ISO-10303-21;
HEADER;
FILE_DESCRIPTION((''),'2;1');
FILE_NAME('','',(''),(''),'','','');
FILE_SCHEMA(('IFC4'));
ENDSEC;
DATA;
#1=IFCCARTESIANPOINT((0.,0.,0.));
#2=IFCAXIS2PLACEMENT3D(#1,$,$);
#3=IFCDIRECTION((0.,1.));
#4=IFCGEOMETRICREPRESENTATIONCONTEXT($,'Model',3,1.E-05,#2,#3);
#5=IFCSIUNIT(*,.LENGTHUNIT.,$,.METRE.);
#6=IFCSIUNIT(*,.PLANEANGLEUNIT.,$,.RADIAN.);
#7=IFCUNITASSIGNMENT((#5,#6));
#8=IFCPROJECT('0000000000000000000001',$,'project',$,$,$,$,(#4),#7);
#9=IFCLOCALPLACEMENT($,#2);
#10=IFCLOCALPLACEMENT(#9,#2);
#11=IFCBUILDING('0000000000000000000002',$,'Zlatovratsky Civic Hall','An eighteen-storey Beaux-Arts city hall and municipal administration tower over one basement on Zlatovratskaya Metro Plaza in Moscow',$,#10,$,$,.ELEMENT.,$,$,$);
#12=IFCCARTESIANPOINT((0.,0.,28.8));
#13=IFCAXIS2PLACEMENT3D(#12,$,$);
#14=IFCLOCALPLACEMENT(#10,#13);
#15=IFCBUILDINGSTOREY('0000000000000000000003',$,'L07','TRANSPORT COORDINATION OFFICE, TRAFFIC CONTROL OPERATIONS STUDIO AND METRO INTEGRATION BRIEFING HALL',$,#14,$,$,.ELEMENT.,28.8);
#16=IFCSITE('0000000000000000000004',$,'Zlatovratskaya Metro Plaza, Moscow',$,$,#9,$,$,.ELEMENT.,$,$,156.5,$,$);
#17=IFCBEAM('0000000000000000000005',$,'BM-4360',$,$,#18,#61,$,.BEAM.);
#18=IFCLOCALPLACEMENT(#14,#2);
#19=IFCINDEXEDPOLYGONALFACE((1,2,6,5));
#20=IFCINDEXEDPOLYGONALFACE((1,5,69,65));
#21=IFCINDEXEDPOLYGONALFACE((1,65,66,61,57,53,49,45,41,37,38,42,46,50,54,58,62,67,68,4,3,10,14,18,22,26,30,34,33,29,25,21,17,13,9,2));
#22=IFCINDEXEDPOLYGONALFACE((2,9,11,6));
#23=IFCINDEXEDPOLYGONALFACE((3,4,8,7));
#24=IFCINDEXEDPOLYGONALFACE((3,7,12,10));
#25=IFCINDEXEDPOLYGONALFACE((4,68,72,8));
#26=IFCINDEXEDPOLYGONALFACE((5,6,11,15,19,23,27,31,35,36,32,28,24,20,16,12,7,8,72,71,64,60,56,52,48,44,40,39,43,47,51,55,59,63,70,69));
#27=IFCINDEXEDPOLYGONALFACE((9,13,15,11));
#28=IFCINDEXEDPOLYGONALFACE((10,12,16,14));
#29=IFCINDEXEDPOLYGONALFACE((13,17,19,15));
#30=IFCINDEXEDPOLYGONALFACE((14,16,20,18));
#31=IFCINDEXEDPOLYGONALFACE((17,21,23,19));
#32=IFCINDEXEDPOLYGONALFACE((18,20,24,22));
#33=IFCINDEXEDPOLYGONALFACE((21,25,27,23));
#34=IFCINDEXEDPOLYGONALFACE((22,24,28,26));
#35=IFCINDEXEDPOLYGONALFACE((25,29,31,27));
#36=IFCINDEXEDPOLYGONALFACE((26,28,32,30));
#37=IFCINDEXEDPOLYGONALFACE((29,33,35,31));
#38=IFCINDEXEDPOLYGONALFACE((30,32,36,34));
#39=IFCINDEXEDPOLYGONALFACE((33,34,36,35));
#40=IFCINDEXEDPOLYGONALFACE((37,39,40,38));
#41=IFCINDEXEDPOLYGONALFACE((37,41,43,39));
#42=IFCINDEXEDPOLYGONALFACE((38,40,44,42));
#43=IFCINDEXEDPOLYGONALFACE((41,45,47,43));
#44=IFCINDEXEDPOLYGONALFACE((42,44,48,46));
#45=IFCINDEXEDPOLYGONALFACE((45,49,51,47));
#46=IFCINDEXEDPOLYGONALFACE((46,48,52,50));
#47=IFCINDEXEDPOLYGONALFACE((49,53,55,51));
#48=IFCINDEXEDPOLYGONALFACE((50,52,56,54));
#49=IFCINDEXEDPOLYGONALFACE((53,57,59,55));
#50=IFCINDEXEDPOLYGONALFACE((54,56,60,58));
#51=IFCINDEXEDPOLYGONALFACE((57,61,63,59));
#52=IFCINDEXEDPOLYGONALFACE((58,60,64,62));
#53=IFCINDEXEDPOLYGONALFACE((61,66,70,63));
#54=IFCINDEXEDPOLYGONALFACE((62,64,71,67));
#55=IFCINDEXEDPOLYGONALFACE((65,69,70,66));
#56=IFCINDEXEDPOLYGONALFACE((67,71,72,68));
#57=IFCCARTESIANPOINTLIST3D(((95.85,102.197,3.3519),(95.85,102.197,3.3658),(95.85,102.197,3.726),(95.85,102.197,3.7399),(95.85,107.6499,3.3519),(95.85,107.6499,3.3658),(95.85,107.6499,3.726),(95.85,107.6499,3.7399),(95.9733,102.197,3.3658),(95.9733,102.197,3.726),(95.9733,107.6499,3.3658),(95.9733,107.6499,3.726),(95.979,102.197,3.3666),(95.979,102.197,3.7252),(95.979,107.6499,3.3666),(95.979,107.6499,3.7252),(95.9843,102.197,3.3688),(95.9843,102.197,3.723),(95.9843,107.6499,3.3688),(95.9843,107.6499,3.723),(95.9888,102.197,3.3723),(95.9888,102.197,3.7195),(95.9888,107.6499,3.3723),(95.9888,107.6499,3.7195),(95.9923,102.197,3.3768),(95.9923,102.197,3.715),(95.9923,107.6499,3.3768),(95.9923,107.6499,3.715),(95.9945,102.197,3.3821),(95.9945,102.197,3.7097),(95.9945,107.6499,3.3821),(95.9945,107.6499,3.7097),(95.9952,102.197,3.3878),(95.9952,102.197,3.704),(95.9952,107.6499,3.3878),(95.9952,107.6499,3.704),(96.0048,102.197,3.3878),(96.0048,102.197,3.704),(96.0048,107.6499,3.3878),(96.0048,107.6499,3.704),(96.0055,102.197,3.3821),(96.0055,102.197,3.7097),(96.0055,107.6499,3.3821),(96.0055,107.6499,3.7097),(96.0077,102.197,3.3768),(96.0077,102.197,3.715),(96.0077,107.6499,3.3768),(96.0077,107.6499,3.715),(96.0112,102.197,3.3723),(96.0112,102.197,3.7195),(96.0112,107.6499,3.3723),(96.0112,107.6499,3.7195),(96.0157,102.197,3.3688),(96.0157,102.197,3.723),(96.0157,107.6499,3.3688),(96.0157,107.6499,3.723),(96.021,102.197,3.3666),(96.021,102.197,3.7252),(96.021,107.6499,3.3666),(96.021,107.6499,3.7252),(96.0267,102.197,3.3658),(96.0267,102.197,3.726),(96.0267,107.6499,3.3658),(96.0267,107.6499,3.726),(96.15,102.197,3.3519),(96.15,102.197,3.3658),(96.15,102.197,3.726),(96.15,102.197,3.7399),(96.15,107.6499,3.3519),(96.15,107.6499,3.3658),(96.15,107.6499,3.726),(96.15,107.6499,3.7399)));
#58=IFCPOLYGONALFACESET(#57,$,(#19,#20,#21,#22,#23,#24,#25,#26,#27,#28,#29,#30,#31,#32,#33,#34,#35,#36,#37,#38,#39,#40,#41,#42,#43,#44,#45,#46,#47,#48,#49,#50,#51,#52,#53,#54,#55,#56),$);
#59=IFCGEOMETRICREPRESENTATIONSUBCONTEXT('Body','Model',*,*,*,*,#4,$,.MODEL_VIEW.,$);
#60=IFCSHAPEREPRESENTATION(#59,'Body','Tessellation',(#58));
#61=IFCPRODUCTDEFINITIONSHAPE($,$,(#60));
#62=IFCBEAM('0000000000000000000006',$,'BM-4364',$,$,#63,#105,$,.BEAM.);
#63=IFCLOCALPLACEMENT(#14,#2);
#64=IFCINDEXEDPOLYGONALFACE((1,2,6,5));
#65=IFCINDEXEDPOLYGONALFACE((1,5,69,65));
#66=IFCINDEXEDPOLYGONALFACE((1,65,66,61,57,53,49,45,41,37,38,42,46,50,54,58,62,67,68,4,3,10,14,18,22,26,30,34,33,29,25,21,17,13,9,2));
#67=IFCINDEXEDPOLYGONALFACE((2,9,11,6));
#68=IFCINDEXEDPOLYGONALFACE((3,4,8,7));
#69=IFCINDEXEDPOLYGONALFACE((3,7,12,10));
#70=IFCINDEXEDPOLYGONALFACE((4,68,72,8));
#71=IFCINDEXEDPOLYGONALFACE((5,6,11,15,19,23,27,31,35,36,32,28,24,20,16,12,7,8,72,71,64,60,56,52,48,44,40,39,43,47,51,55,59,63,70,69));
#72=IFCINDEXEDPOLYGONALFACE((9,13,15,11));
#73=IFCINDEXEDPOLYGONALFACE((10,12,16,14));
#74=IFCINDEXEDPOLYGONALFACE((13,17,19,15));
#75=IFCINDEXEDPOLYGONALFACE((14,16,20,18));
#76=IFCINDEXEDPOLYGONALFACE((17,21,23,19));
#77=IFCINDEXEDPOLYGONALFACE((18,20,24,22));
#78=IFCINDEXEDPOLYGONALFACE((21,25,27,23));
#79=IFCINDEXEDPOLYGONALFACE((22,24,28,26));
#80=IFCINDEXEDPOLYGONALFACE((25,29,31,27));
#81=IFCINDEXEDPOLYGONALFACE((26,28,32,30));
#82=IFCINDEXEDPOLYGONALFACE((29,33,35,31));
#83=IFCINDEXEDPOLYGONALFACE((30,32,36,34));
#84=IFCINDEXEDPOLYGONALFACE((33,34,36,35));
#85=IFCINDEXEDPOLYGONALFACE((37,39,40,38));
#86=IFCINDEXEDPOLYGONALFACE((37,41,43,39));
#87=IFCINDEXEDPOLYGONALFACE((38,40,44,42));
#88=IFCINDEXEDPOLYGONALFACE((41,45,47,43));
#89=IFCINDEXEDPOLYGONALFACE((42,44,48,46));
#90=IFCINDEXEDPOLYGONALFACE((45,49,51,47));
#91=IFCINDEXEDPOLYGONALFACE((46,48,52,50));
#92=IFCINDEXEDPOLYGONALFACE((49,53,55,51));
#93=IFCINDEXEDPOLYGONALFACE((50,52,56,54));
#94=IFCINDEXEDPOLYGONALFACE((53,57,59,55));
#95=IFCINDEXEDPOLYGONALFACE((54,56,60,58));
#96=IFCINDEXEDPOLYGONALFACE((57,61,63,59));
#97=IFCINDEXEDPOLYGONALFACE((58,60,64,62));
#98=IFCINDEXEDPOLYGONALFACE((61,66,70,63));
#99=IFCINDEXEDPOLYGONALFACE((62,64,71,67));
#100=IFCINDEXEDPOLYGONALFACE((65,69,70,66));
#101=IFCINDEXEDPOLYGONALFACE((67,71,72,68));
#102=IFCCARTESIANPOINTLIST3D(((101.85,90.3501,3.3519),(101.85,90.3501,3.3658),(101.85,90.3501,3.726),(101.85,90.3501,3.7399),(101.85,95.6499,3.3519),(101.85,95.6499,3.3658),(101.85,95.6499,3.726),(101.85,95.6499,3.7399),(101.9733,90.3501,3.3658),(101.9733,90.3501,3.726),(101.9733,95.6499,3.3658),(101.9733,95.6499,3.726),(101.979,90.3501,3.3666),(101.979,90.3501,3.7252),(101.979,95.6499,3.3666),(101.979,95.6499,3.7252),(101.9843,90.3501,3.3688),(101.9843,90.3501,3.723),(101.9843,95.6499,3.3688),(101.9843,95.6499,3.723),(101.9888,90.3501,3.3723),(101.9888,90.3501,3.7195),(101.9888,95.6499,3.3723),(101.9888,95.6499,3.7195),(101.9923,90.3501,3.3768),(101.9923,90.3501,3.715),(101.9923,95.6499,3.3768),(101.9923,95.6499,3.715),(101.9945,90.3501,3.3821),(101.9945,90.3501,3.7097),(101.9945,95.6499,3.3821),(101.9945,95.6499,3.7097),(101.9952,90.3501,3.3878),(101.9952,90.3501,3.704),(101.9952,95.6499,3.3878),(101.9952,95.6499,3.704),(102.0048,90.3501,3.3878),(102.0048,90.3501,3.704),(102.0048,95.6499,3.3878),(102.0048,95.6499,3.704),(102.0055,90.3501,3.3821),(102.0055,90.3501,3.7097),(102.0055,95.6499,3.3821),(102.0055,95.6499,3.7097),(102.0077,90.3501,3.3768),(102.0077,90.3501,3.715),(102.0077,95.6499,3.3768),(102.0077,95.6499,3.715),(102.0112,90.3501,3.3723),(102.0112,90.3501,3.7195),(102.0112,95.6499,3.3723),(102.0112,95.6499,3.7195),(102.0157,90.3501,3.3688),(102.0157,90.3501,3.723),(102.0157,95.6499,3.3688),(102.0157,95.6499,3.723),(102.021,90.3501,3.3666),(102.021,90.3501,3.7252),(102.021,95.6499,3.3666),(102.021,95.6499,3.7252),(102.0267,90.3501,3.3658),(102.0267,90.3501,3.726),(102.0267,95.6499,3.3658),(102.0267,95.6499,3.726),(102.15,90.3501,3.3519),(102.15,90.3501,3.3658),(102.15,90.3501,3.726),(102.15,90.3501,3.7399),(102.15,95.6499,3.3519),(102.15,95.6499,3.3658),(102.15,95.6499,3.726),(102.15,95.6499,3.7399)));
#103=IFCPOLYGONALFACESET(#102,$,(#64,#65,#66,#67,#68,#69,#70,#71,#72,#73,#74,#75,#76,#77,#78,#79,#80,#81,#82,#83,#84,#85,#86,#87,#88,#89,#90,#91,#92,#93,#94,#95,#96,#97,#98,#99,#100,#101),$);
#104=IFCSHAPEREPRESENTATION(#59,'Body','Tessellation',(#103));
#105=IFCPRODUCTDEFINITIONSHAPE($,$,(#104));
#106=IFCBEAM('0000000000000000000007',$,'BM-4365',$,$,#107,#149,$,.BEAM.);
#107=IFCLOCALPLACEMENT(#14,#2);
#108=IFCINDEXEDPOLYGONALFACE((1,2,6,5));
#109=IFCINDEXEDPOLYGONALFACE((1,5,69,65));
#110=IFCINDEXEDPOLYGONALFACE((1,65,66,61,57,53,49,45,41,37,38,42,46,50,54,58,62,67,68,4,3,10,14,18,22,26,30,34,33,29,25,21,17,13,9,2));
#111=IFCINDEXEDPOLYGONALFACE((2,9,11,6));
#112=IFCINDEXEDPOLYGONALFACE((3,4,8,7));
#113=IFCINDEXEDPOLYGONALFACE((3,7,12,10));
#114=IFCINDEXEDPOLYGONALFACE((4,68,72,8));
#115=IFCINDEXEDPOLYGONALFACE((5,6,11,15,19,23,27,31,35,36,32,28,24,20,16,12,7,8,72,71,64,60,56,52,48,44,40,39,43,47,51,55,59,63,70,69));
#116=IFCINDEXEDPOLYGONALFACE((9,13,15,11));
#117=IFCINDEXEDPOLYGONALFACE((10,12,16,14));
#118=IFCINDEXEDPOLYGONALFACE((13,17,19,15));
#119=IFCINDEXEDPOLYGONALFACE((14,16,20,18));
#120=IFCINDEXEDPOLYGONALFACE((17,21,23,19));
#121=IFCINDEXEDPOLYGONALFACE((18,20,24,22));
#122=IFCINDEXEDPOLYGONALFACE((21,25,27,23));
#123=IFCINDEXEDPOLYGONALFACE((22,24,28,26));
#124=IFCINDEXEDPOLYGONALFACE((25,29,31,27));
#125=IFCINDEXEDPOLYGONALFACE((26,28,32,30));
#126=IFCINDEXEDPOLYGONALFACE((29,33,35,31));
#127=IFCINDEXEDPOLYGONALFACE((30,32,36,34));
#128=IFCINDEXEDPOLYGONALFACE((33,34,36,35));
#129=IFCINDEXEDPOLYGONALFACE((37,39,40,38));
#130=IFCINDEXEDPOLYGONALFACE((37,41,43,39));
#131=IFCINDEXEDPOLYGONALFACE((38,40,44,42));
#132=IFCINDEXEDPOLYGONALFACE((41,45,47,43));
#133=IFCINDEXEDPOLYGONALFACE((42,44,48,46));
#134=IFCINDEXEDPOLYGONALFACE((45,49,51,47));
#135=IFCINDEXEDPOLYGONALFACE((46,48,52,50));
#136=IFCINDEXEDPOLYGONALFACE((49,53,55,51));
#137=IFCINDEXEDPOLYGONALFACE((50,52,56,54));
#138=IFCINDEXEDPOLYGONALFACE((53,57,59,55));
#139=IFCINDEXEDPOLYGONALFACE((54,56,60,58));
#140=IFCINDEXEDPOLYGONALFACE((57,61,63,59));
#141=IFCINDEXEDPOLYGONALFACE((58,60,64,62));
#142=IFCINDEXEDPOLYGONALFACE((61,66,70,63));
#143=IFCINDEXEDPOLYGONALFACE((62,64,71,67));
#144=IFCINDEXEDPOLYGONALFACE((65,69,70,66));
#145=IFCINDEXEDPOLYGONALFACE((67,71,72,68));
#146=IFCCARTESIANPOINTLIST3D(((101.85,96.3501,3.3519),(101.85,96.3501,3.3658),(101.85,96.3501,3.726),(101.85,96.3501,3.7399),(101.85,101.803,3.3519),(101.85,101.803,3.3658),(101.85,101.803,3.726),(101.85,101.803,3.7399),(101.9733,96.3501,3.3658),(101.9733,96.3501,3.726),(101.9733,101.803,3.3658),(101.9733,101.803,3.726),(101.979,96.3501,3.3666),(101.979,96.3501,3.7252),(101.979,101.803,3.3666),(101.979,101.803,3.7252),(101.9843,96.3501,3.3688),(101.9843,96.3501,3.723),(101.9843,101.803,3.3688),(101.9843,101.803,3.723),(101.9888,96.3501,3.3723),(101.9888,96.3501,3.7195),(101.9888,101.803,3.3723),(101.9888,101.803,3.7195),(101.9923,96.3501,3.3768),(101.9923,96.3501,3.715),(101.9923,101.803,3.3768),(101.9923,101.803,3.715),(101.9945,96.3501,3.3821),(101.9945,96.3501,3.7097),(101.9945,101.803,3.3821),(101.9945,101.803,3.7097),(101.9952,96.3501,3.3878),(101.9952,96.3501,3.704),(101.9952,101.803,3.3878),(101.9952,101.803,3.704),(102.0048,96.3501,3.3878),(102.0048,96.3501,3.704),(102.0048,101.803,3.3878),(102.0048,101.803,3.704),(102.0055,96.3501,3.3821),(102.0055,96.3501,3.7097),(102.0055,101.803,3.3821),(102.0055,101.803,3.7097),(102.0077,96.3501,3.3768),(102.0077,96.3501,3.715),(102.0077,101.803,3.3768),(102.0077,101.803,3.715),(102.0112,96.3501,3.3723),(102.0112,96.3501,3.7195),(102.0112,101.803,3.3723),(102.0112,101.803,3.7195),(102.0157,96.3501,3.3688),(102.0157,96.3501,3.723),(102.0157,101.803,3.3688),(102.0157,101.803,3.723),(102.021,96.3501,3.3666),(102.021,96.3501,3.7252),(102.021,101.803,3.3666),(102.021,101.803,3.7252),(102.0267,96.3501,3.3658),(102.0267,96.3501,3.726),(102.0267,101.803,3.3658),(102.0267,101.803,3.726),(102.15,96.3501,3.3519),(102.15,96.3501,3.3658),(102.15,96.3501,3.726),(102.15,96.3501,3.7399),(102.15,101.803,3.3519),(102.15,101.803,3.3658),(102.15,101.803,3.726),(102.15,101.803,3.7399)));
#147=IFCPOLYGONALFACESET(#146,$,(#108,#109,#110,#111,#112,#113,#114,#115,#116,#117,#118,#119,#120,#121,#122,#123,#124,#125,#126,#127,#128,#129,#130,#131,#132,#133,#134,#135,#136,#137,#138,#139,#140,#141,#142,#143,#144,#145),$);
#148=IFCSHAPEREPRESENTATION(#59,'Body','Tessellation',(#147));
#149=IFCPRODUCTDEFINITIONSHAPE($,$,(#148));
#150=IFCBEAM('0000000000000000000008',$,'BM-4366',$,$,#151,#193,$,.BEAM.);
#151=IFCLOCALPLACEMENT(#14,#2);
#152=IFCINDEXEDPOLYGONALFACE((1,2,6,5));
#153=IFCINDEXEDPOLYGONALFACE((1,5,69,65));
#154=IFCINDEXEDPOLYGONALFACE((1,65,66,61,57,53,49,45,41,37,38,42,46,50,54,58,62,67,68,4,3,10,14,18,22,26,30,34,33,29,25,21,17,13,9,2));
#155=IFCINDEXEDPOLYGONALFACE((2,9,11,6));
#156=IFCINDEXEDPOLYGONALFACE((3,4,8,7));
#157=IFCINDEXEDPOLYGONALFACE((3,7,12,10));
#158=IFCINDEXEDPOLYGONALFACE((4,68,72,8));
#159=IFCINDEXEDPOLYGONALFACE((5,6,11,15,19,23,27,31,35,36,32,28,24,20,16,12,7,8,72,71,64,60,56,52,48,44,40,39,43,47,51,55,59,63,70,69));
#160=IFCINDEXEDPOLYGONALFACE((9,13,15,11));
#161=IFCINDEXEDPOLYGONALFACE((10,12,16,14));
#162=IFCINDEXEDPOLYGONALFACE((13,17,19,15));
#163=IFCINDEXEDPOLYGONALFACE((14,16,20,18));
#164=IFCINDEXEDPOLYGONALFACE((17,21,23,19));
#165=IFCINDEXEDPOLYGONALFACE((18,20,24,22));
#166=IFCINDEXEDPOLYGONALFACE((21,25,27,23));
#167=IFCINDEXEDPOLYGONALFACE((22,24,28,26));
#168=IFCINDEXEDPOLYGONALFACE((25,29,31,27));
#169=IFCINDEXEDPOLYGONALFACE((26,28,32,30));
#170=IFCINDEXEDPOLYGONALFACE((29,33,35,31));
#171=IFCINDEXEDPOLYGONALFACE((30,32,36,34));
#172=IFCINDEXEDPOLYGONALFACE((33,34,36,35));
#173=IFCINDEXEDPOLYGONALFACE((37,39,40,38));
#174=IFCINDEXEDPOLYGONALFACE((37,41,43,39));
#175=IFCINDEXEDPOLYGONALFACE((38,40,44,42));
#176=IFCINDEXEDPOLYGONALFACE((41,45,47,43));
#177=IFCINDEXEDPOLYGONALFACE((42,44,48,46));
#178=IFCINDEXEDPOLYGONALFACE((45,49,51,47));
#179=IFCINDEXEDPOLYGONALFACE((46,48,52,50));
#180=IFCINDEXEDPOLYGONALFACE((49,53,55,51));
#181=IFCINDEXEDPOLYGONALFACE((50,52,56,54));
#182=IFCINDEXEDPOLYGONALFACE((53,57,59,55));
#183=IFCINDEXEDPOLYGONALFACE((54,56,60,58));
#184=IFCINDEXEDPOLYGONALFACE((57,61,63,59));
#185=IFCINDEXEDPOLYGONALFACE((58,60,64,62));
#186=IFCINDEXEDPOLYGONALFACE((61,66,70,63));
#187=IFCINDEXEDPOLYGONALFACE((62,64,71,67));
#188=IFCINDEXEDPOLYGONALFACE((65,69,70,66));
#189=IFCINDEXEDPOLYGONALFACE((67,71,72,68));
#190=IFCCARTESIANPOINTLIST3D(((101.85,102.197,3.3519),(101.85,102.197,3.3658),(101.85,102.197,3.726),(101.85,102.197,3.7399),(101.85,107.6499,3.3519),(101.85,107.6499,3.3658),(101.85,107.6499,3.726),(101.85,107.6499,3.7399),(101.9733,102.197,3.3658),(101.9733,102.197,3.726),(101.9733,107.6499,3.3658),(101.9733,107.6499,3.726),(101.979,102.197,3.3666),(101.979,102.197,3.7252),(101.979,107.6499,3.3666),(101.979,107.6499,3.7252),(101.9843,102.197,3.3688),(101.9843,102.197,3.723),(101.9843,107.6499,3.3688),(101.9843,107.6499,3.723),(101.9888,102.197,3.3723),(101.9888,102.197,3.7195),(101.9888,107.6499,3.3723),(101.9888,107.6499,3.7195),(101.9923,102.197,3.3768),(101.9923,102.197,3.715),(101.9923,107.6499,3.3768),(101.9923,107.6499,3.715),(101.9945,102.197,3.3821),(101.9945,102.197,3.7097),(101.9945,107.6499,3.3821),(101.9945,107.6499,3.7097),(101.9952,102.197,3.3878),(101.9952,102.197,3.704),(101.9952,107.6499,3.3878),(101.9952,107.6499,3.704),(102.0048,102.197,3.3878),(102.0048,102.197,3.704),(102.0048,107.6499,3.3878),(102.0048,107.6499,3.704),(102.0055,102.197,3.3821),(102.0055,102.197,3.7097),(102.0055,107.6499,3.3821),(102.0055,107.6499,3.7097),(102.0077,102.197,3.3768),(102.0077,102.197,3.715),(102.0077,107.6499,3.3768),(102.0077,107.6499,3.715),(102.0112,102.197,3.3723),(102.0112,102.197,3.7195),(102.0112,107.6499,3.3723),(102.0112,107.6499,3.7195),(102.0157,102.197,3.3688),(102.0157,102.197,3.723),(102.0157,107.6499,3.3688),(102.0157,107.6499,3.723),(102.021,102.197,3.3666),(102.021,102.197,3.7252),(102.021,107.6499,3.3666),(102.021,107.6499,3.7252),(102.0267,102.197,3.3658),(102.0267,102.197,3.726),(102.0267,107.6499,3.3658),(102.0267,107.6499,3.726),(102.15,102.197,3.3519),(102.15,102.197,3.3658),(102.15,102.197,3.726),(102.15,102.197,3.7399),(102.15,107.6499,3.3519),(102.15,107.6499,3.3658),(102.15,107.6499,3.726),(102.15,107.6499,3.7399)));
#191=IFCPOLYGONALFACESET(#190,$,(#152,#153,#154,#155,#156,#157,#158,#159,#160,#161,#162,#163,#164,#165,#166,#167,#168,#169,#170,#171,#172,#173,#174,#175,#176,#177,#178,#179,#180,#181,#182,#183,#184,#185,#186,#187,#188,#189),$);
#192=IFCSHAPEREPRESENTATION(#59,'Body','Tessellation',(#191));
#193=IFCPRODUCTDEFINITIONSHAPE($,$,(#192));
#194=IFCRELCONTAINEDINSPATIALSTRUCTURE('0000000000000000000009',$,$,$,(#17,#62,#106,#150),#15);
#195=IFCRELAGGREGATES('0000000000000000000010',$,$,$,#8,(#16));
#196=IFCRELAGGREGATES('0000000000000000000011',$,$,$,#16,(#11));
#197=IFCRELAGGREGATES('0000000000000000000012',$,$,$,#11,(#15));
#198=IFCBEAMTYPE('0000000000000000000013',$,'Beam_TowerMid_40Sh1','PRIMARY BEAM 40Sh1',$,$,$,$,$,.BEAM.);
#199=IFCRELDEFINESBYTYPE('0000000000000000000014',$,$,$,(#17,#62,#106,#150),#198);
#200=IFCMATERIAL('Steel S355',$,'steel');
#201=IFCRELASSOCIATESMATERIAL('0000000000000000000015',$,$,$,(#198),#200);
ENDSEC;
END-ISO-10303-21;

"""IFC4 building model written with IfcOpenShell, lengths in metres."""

from ifc_helpers import new_model, si_unit, direction, frame, origin, origin_2d, place, context, subcontext, project, spatial, i_section, extrude, material, material_profile, profile_set, type_object, element, save


model = new_model("IFC4")

# Units and contexts
model_context = context("Model", 3, precision=1e-05, world=origin(), true_north=direction((0.0, 1.0)))
body_context = subcontext(model_context, "Body", "Model", "MODEL_VIEW")
ifc_project = project(units=[si_unit("LENGTHUNIT", "METRE"), si_unit("PLANEANGLEUNIT", "RADIAN")], contexts=[model_context])

# Site, building, storey
site_placement = place(None, origin())
site = spatial("IfcSite", under=ifc_project, at=site_placement, Name="Zlatovratskaya Metro Plaza, Moscow", CompositionType="ELEMENT", RefElevation=156.5)
building_placement = place(site_placement, origin())
building = spatial("IfcBuilding", under=site, at=building_placement, Name="Zlatovratsky Civic Hall", Description="An eighteen-storey Beaux-Arts city hall and municipal administration tower over one basement on Zlatovratskaya Metro Plaza in Moscow", CompositionType="ELEMENT")
storey_placement = place(building_placement, frame((0.0, 0.0, 28.8)))
storey = spatial("IfcBuildingStorey", under=building, at=storey_placement, Name="L07", Description="TRANSPORT COORDINATION OFFICE, TRAFFIC CONTROL OPERATIONS STUDIO AND METRO INTEGRATION BRIEFING HALL", CompositionType="ELEMENT", Elevation=28.8)

# Shared definitions
ifc_material_1 = material(Name="Steel S355", Category="steel")

# Beams
ifc_material_profile_1 = material_profile(ifc_material_1, i_section(OverallWidth=0.3, OverallDepth=0.3879, WebThickness=0.0095, FlangeThickness=0.0139, FilletRadius=0.022, at=origin_2d()), Name="40Sh1")
ifc_profile_set_1 = profile_set([ifc_material_profile_1], Name="Steel S355")
beam_type_1 = type_object("IfcBeamType", Name="Beam_TowerMid_40Sh1", Description="PRIMARY BEAM 40Sh1", PredefinedType="BEAM", material=ifc_profile_set_1)
for number, where, z_axis, x_axis, name in (
    (1, (96.0, 102.197, 3.5459), (0.0, 1.0, 0.0), (-1.0, 0.0, 0.0), "BM-4360"),
):
    element("IfcBeam", number, at=place(storey_placement, frame(where, z_axis=z_axis, x_axis=x_axis)), inside=storey, type_object=beam_type_1, Name=name, PredefinedType="BEAM", context=body_context, shape_type="SweptSolid", body=[
        extrude(i_section(OverallWidth=0.3, OverallDepth=0.3879, WebThickness=0.0095, FlangeThickness=0.0139, FilletRadius=0.022, at=origin_2d()), origin(), (0.0, 0.0, 1.0), 5.4529),
    ])
beam_1_placement = place(storey_placement, frame((102.0, 90.3501, 3.5459), z_axis=(0.0, 1.0, 0.0), x_axis=(-1.0, 0.0, 0.0)))
element("IfcBeam", 2, at=beam_1_placement, inside=storey, type_object=beam_type_1, Name="BM-4364", PredefinedType="BEAM", context=body_context, shape_type="SweptSolid", body=[
    extrude(i_section(OverallWidth=0.3, OverallDepth=0.3879, WebThickness=0.0095, FlangeThickness=0.0139, FilletRadius=0.022, at=origin_2d()), origin(), (0.0, 0.0, 1.0), 5.2998),
])
for number, where, z_axis, x_axis, name in (
    (3, (102.0, 96.3501, 3.5459), (0.0, 1.0, 0.0), (-1.0, 0.0, 0.0), "BM-4365"),
    (4, (102.0, 102.197, 3.5459), (0.0, 1.0, 0.0), (-1.0, 0.0, 0.0), "BM-4366"),
):
    element("IfcBeam", number, at=place(storey_placement, frame(where, z_axis=z_axis, x_axis=x_axis)), inside=storey, type_object=beam_type_1, Name=name, PredefinedType="BEAM", context=body_context, shape_type="SweptSolid", body=[
        extrude(i_section(OverallWidth=0.3, OverallDepth=0.3879, WebThickness=0.0095, FlangeThickness=0.0139, FilletRadius=0.022, at=origin_2d()), origin(), (0.0, 0.0, 1.0), 5.4529),
    ])

save(model, "model.ifc")
